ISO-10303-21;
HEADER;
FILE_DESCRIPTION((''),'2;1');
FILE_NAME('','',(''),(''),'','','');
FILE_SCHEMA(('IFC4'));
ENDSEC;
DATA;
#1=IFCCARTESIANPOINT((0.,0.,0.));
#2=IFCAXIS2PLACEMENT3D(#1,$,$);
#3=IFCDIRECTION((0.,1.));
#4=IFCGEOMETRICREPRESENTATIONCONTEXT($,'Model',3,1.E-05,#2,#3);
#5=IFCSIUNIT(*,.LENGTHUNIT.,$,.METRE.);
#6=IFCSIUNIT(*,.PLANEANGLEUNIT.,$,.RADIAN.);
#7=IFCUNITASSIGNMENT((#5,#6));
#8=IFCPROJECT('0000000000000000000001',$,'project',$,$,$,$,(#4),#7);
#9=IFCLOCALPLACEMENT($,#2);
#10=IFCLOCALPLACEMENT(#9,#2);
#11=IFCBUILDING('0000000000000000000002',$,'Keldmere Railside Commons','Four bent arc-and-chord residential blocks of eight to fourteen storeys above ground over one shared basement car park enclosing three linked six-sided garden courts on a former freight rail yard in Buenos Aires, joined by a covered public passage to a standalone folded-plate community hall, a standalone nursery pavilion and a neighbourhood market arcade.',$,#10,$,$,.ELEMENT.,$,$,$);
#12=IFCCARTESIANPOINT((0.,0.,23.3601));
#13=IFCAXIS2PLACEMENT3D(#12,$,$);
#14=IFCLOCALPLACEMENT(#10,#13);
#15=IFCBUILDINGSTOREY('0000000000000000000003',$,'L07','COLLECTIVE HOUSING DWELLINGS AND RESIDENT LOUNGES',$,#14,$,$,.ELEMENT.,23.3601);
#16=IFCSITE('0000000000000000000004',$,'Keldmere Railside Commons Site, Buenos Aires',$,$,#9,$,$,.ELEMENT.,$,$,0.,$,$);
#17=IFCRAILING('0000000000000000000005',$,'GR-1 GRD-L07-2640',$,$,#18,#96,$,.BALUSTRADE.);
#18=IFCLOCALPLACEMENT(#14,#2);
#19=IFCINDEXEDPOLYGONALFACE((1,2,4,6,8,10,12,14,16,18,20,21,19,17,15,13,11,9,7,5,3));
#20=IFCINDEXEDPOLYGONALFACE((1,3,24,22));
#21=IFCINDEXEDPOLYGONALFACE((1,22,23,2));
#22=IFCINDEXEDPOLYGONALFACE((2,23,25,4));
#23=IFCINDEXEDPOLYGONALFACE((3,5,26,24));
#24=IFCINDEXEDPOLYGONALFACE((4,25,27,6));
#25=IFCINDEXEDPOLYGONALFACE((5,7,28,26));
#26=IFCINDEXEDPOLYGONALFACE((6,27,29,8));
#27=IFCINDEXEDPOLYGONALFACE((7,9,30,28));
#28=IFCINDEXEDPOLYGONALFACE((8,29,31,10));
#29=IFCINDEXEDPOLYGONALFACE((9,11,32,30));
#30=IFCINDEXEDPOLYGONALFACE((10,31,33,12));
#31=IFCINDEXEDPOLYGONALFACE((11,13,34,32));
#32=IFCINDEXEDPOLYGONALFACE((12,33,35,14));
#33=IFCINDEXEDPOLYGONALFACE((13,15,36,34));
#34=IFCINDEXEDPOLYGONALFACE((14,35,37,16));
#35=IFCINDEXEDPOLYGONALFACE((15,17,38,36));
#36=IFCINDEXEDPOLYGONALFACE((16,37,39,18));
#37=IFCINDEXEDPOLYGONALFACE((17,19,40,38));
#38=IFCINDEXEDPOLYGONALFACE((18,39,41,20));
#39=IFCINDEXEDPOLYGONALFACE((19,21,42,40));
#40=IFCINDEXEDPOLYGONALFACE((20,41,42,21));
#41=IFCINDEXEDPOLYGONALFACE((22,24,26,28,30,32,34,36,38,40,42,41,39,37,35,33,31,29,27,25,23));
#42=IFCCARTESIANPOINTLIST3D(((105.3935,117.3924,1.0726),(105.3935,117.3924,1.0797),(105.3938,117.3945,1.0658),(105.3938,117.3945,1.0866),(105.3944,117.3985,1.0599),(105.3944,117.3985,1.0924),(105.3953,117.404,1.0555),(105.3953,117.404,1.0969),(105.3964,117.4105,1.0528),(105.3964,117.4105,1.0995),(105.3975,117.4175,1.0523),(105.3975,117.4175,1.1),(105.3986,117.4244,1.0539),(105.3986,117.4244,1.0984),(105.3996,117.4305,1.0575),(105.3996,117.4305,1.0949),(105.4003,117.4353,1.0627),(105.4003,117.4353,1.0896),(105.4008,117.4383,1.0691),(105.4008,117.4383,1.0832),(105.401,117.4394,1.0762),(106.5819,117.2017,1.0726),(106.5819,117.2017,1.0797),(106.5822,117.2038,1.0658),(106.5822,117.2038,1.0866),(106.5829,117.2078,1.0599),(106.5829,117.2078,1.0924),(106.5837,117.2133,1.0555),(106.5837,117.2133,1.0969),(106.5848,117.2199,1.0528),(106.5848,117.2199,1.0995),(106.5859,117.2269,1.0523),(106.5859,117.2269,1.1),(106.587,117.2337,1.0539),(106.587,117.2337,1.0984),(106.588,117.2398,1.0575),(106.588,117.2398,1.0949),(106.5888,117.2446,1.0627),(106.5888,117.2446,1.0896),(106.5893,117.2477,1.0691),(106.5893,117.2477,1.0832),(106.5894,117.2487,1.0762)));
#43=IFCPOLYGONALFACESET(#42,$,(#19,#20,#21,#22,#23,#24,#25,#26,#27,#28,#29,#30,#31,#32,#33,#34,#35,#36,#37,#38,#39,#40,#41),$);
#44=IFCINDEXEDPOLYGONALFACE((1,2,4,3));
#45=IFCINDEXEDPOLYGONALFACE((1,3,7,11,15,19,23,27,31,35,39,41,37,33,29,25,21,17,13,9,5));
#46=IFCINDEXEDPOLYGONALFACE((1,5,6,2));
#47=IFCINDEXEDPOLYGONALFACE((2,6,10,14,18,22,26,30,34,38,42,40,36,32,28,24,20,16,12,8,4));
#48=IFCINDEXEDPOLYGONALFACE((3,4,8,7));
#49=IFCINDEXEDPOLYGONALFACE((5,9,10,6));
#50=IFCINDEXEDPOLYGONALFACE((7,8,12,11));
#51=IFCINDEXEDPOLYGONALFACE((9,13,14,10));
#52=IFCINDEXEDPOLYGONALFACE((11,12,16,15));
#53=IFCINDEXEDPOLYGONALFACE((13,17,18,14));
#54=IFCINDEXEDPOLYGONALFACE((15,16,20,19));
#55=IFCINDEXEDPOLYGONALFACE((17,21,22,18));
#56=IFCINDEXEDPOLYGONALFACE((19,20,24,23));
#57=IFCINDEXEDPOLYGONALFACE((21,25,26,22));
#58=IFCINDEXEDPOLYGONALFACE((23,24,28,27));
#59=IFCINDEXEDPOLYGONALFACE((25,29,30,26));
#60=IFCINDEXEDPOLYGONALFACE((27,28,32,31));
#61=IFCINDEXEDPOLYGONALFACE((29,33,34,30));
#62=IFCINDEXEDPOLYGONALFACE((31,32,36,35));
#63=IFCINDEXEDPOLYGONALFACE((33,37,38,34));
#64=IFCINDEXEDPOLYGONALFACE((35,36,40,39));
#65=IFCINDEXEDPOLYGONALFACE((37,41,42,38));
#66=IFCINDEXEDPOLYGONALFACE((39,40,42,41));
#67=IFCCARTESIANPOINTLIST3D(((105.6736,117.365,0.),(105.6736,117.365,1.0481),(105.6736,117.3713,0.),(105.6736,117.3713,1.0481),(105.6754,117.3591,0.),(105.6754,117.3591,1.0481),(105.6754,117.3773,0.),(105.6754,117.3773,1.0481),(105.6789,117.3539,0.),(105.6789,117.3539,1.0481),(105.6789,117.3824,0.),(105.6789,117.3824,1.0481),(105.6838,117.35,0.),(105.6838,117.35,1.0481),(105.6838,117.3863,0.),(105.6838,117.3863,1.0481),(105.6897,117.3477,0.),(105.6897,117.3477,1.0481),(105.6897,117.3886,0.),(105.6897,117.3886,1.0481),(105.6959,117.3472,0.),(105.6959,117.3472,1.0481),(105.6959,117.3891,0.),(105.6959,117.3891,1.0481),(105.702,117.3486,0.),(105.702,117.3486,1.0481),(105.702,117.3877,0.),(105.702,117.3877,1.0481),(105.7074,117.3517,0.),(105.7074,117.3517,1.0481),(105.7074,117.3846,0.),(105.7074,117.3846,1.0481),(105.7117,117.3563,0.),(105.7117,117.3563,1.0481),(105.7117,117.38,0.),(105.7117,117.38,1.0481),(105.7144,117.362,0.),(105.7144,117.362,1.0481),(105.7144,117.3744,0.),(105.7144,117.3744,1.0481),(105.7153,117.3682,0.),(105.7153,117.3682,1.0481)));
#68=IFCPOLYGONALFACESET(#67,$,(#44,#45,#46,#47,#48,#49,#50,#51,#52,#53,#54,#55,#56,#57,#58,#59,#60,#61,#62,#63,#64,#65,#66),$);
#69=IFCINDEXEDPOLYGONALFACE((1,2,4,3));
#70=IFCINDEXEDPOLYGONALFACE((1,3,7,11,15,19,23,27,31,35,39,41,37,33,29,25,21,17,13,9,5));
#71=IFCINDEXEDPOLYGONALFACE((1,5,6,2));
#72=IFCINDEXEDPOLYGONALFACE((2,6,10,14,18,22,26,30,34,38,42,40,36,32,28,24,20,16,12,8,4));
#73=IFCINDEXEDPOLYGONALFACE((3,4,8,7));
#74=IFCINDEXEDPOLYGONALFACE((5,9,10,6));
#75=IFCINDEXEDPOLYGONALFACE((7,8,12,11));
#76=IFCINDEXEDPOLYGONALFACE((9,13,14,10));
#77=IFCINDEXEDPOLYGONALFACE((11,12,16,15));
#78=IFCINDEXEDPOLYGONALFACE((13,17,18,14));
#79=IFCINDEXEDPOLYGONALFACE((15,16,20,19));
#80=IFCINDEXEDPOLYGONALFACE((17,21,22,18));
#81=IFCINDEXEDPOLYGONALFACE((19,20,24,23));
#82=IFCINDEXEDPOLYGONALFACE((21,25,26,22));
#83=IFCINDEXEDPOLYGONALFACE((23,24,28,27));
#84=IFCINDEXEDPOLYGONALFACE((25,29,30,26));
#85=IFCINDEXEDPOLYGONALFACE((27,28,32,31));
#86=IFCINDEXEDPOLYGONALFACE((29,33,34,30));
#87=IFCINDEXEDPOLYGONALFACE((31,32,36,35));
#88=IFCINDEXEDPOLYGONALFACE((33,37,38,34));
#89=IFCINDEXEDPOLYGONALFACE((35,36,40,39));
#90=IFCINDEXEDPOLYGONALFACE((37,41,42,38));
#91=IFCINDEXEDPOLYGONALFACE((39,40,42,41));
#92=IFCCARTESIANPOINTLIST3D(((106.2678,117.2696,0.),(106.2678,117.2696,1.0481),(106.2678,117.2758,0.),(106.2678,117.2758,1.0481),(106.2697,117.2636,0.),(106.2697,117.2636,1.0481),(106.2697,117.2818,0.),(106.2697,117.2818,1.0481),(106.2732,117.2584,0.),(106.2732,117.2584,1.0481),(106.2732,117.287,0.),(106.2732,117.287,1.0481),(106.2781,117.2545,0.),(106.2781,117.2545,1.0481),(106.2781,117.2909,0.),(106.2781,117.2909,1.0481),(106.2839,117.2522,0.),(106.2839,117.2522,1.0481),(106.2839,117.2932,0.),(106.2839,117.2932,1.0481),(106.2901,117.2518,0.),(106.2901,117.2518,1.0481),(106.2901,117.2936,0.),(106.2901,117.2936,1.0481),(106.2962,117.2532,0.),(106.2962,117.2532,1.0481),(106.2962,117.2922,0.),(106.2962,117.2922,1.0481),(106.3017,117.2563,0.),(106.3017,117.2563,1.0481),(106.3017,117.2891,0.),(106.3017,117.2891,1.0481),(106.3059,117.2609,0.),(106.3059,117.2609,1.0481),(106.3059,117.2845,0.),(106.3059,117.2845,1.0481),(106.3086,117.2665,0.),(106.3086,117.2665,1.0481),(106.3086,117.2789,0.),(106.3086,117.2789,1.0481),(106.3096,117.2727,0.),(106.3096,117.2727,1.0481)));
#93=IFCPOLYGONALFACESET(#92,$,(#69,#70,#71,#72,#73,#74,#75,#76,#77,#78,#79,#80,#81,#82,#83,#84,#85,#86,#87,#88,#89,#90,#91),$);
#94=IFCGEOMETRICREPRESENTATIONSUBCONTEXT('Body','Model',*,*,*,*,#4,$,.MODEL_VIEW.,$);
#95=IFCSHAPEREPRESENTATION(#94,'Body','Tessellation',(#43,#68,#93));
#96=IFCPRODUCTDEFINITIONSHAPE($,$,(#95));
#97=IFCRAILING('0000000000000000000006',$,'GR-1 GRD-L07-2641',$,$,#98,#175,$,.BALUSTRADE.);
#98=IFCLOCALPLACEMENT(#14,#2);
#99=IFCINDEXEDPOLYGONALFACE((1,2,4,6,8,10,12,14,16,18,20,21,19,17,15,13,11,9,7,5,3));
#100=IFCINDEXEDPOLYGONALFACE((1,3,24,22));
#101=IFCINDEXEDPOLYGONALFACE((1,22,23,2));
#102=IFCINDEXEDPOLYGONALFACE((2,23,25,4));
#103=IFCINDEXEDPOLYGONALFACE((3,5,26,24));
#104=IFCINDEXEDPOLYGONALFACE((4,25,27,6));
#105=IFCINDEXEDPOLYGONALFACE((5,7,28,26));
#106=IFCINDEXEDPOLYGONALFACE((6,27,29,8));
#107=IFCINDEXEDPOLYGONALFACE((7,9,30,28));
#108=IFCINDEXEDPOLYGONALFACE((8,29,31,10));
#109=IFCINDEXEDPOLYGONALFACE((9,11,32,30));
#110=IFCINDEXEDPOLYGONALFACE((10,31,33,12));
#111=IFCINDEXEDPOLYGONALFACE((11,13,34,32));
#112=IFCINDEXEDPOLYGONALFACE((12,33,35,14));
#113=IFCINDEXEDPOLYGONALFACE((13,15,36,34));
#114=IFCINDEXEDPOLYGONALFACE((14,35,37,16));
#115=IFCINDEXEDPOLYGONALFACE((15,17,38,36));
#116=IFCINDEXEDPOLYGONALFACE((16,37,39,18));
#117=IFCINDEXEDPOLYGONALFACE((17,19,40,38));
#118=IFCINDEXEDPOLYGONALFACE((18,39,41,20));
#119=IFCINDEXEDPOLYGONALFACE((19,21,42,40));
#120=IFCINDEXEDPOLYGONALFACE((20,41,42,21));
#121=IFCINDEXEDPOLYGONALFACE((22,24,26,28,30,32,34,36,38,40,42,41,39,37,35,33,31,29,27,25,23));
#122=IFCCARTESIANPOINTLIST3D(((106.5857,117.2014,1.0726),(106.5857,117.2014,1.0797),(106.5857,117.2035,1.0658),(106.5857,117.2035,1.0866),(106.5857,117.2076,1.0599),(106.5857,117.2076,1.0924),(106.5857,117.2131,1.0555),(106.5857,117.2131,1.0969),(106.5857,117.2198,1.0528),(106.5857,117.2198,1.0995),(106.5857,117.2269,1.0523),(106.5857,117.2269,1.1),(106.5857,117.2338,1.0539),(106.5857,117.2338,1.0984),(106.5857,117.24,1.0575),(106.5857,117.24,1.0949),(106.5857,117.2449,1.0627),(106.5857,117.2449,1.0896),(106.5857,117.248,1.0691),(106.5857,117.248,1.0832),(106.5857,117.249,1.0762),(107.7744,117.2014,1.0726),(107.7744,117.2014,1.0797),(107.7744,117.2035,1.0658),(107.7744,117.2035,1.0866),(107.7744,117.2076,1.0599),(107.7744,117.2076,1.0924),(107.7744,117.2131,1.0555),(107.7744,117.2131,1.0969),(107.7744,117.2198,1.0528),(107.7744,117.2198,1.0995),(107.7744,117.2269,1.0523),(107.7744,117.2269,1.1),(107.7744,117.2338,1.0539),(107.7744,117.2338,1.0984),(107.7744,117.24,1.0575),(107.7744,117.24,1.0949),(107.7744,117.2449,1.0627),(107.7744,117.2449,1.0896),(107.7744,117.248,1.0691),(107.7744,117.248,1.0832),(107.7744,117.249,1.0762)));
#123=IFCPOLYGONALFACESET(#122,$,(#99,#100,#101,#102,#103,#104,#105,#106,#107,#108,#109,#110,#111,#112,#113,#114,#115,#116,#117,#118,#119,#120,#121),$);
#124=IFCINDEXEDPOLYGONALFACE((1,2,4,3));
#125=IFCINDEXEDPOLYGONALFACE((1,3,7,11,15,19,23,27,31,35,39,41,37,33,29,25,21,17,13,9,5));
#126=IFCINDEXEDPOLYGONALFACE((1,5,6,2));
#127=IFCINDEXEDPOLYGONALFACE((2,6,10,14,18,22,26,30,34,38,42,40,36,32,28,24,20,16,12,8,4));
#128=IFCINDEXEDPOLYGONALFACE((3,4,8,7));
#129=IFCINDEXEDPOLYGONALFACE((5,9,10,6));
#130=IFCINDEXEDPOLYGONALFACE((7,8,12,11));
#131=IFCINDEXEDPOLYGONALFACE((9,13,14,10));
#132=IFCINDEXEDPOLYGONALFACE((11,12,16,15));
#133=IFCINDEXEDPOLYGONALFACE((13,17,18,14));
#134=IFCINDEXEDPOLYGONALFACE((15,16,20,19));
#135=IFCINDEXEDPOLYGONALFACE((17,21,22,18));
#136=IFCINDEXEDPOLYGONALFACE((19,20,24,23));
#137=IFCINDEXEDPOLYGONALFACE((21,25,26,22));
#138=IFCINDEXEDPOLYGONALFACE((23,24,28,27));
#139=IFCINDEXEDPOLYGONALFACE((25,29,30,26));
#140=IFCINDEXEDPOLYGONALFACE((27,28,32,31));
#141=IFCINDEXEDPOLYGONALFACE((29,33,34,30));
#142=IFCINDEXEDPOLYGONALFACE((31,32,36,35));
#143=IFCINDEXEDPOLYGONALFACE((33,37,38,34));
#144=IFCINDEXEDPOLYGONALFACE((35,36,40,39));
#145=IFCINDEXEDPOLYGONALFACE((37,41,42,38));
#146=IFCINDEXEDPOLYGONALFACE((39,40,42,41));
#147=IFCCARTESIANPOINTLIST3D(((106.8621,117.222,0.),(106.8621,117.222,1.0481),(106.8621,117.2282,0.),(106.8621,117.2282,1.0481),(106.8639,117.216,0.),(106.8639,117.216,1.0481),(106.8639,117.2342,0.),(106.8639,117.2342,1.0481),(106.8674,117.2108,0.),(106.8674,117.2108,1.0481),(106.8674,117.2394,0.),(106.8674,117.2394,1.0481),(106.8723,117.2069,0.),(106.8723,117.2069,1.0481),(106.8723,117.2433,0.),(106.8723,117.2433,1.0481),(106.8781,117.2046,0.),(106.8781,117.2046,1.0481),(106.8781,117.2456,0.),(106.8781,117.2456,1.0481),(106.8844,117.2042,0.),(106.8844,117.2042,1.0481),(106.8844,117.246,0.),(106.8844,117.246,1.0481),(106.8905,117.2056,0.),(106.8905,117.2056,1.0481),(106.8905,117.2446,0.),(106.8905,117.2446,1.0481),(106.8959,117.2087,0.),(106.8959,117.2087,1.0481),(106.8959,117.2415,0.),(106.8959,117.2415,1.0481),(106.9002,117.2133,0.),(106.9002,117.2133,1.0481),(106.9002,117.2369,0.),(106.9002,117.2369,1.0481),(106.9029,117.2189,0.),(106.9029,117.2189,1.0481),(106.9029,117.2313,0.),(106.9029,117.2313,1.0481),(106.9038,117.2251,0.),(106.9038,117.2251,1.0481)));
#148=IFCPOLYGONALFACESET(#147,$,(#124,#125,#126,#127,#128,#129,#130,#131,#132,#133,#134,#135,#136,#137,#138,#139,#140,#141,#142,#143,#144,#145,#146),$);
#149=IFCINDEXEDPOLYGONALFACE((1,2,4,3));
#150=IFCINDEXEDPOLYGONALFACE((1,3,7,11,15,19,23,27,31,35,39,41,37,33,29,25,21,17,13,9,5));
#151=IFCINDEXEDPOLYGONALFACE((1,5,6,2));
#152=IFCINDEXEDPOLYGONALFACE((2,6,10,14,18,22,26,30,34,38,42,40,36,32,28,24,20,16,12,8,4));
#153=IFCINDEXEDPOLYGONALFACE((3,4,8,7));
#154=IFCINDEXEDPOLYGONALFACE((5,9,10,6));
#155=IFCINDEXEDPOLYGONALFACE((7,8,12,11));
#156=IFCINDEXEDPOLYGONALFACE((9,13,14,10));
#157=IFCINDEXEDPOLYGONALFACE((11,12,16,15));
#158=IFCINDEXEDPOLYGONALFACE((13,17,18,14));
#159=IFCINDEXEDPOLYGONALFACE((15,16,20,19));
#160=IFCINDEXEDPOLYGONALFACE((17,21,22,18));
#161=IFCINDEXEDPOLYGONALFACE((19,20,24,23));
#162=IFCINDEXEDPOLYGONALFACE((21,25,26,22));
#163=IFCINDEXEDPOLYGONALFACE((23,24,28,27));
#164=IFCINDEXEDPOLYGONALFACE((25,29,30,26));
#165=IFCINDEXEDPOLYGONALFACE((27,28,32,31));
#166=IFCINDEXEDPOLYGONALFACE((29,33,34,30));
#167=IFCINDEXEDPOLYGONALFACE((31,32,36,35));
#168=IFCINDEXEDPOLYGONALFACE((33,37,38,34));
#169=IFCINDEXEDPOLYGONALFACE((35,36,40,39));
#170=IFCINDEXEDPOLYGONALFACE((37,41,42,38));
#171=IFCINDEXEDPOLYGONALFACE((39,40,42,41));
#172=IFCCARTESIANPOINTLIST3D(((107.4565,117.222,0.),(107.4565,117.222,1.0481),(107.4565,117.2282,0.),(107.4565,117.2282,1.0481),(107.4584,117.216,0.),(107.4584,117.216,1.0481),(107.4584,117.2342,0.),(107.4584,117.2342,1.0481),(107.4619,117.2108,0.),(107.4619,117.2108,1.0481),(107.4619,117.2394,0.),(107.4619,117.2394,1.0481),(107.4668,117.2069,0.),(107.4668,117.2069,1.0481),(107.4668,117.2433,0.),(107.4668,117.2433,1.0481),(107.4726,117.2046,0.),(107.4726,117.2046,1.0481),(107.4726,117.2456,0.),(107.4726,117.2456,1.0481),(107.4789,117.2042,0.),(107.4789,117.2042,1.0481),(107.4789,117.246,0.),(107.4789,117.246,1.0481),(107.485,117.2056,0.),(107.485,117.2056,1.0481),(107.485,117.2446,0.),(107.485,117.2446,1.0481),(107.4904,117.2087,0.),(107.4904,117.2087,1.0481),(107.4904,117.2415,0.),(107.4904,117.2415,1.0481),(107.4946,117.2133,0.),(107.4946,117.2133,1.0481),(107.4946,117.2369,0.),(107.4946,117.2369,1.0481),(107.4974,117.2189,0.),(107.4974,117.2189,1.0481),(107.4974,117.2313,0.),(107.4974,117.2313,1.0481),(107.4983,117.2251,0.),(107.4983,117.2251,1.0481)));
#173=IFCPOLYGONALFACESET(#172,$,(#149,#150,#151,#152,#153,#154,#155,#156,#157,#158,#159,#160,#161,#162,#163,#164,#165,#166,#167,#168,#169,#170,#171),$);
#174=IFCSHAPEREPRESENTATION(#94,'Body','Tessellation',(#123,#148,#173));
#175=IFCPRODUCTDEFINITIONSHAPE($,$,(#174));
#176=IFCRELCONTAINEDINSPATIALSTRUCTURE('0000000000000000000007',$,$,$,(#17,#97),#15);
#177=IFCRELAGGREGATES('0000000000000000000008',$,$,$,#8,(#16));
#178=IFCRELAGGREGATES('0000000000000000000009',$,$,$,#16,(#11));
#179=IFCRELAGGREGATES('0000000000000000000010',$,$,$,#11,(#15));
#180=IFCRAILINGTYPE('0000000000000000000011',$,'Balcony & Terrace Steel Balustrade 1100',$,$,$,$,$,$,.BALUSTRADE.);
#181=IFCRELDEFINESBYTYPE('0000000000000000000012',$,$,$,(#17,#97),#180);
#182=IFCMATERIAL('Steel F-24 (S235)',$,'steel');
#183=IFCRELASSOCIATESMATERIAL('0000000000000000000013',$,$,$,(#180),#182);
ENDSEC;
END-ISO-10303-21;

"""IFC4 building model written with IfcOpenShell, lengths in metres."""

from ifc_helpers import new_model, si_unit, direction, frame, origin, origin_2d, place, context, subcontext, project, spatial, circle, extrude, material, type_object, element, save


model = new_model("IFC4")

# Units and contexts
model_context = context("Model", 3, precision=1e-05, world=origin(), true_north=direction((0.0, 1.0)))
body_context = subcontext(model_context, "Body", "Model", "MODEL_VIEW")
ifc_project = project(units=[si_unit("LENGTHUNIT", "METRE"), si_unit("PLANEANGLEUNIT", "RADIAN")], contexts=[model_context])

# Site, building, storey
site_placement = place(None, origin())
site = spatial("IfcSite", under=ifc_project, at=site_placement, Name="Keldmere Railside Commons Site, Buenos Aires", CompositionType="ELEMENT", RefElevation=0.0)
building_placement = place(site_placement, origin())
building = spatial("IfcBuilding", under=site, at=building_placement, Name="Keldmere Railside Commons", Description="Four bent arc-and-chord residential blocks of eight to fourteen storeys above ground over one shared basement car park enclosing three linked six-sided garden courts on a former freight rail yard in Buenos Aires, joined by a covered public passage to a standalone folded-plate community hall, a standalone nursery pavilion and a neighbourhood market arcade.", CompositionType="ELEMENT")
storey_placement = place(building_placement, frame((0.0, 0.0, 23.3601)))
storey = spatial("IfcBuildingStorey", under=building, at=storey_placement, Name="L07", Description="COLLECTIVE HOUSING DWELLINGS AND RESIDENT LOUNGES", CompositionType="ELEMENT", Elevation=23.3601)

# Railings
ifc_material_1 = material(Name="Steel F-24 (S235)", Category="steel")
railing_type = type_object("IfcRailingType", Name="Balcony & Terrace Steel Balustrade 1100", PredefinedType="BALUSTRADE", material=ifc_material_1)
railing_1_placement = place(storey_placement, frame((105.3972, 117.4158, 0.0)))
element("IfcRailing", 1, at=railing_1_placement, inside=storey, type_object=railing_type, Name="GR-1 GRD-L07-2640", PredefinedType="BALUSTRADE", context=body_context, shape_type="SweptSolid", body=[
    extrude(circle(Radius=0.0239, at=origin_2d()), frame((0.0, 0.0, 1.0762), z_axis=(0.987373, -0.15841, 0.0), x_axis=(0.15841, 0.987373, 0.0)), (0.0, 0.0, 1.0), 1.2036),
    extrude(circle(Radius=0.021, at=origin_2d()), frame((0.2971, -0.0476, 0.0)), (0.0, 0.0, 1.0), 1.0481),
    extrude(circle(Radius=0.021, at=origin_2d()), frame((0.8914, -0.1431, 0.0)), (0.0, 0.0, 1.0), 1.0481),
])
railing_2_placement = place(storey_placement, frame((106.5857, 117.2251, 0.0)))
element("IfcRailing", 2, at=railing_2_placement, inside=storey, type_object=railing_type, Name="GR-1 GRD-L07-2641", PredefinedType="BALUSTRADE", context=body_context, shape_type="SweptSolid", body=[
    extrude(circle(Radius=0.0239, at=origin_2d()), frame((0.0, 0.0, 1.0762), z_axis=(1.0, 0.0, 0.0), x_axis=(0.0, 1.0, 0.0)), (0.0, 0.0, 1.0), 1.1887),
    extrude(circle(Radius=0.021, at=origin_2d()), frame((0.2971, 0.0, 0.0)), (0.0, 0.0, 1.0), 1.0481),
    extrude(circle(Radius=0.021, at=origin_2d()), frame((0.8916, 0.0, 0.0)), (0.0, 0.0, 1.0), 1.0481),
])

save(model, "model.ifc")
